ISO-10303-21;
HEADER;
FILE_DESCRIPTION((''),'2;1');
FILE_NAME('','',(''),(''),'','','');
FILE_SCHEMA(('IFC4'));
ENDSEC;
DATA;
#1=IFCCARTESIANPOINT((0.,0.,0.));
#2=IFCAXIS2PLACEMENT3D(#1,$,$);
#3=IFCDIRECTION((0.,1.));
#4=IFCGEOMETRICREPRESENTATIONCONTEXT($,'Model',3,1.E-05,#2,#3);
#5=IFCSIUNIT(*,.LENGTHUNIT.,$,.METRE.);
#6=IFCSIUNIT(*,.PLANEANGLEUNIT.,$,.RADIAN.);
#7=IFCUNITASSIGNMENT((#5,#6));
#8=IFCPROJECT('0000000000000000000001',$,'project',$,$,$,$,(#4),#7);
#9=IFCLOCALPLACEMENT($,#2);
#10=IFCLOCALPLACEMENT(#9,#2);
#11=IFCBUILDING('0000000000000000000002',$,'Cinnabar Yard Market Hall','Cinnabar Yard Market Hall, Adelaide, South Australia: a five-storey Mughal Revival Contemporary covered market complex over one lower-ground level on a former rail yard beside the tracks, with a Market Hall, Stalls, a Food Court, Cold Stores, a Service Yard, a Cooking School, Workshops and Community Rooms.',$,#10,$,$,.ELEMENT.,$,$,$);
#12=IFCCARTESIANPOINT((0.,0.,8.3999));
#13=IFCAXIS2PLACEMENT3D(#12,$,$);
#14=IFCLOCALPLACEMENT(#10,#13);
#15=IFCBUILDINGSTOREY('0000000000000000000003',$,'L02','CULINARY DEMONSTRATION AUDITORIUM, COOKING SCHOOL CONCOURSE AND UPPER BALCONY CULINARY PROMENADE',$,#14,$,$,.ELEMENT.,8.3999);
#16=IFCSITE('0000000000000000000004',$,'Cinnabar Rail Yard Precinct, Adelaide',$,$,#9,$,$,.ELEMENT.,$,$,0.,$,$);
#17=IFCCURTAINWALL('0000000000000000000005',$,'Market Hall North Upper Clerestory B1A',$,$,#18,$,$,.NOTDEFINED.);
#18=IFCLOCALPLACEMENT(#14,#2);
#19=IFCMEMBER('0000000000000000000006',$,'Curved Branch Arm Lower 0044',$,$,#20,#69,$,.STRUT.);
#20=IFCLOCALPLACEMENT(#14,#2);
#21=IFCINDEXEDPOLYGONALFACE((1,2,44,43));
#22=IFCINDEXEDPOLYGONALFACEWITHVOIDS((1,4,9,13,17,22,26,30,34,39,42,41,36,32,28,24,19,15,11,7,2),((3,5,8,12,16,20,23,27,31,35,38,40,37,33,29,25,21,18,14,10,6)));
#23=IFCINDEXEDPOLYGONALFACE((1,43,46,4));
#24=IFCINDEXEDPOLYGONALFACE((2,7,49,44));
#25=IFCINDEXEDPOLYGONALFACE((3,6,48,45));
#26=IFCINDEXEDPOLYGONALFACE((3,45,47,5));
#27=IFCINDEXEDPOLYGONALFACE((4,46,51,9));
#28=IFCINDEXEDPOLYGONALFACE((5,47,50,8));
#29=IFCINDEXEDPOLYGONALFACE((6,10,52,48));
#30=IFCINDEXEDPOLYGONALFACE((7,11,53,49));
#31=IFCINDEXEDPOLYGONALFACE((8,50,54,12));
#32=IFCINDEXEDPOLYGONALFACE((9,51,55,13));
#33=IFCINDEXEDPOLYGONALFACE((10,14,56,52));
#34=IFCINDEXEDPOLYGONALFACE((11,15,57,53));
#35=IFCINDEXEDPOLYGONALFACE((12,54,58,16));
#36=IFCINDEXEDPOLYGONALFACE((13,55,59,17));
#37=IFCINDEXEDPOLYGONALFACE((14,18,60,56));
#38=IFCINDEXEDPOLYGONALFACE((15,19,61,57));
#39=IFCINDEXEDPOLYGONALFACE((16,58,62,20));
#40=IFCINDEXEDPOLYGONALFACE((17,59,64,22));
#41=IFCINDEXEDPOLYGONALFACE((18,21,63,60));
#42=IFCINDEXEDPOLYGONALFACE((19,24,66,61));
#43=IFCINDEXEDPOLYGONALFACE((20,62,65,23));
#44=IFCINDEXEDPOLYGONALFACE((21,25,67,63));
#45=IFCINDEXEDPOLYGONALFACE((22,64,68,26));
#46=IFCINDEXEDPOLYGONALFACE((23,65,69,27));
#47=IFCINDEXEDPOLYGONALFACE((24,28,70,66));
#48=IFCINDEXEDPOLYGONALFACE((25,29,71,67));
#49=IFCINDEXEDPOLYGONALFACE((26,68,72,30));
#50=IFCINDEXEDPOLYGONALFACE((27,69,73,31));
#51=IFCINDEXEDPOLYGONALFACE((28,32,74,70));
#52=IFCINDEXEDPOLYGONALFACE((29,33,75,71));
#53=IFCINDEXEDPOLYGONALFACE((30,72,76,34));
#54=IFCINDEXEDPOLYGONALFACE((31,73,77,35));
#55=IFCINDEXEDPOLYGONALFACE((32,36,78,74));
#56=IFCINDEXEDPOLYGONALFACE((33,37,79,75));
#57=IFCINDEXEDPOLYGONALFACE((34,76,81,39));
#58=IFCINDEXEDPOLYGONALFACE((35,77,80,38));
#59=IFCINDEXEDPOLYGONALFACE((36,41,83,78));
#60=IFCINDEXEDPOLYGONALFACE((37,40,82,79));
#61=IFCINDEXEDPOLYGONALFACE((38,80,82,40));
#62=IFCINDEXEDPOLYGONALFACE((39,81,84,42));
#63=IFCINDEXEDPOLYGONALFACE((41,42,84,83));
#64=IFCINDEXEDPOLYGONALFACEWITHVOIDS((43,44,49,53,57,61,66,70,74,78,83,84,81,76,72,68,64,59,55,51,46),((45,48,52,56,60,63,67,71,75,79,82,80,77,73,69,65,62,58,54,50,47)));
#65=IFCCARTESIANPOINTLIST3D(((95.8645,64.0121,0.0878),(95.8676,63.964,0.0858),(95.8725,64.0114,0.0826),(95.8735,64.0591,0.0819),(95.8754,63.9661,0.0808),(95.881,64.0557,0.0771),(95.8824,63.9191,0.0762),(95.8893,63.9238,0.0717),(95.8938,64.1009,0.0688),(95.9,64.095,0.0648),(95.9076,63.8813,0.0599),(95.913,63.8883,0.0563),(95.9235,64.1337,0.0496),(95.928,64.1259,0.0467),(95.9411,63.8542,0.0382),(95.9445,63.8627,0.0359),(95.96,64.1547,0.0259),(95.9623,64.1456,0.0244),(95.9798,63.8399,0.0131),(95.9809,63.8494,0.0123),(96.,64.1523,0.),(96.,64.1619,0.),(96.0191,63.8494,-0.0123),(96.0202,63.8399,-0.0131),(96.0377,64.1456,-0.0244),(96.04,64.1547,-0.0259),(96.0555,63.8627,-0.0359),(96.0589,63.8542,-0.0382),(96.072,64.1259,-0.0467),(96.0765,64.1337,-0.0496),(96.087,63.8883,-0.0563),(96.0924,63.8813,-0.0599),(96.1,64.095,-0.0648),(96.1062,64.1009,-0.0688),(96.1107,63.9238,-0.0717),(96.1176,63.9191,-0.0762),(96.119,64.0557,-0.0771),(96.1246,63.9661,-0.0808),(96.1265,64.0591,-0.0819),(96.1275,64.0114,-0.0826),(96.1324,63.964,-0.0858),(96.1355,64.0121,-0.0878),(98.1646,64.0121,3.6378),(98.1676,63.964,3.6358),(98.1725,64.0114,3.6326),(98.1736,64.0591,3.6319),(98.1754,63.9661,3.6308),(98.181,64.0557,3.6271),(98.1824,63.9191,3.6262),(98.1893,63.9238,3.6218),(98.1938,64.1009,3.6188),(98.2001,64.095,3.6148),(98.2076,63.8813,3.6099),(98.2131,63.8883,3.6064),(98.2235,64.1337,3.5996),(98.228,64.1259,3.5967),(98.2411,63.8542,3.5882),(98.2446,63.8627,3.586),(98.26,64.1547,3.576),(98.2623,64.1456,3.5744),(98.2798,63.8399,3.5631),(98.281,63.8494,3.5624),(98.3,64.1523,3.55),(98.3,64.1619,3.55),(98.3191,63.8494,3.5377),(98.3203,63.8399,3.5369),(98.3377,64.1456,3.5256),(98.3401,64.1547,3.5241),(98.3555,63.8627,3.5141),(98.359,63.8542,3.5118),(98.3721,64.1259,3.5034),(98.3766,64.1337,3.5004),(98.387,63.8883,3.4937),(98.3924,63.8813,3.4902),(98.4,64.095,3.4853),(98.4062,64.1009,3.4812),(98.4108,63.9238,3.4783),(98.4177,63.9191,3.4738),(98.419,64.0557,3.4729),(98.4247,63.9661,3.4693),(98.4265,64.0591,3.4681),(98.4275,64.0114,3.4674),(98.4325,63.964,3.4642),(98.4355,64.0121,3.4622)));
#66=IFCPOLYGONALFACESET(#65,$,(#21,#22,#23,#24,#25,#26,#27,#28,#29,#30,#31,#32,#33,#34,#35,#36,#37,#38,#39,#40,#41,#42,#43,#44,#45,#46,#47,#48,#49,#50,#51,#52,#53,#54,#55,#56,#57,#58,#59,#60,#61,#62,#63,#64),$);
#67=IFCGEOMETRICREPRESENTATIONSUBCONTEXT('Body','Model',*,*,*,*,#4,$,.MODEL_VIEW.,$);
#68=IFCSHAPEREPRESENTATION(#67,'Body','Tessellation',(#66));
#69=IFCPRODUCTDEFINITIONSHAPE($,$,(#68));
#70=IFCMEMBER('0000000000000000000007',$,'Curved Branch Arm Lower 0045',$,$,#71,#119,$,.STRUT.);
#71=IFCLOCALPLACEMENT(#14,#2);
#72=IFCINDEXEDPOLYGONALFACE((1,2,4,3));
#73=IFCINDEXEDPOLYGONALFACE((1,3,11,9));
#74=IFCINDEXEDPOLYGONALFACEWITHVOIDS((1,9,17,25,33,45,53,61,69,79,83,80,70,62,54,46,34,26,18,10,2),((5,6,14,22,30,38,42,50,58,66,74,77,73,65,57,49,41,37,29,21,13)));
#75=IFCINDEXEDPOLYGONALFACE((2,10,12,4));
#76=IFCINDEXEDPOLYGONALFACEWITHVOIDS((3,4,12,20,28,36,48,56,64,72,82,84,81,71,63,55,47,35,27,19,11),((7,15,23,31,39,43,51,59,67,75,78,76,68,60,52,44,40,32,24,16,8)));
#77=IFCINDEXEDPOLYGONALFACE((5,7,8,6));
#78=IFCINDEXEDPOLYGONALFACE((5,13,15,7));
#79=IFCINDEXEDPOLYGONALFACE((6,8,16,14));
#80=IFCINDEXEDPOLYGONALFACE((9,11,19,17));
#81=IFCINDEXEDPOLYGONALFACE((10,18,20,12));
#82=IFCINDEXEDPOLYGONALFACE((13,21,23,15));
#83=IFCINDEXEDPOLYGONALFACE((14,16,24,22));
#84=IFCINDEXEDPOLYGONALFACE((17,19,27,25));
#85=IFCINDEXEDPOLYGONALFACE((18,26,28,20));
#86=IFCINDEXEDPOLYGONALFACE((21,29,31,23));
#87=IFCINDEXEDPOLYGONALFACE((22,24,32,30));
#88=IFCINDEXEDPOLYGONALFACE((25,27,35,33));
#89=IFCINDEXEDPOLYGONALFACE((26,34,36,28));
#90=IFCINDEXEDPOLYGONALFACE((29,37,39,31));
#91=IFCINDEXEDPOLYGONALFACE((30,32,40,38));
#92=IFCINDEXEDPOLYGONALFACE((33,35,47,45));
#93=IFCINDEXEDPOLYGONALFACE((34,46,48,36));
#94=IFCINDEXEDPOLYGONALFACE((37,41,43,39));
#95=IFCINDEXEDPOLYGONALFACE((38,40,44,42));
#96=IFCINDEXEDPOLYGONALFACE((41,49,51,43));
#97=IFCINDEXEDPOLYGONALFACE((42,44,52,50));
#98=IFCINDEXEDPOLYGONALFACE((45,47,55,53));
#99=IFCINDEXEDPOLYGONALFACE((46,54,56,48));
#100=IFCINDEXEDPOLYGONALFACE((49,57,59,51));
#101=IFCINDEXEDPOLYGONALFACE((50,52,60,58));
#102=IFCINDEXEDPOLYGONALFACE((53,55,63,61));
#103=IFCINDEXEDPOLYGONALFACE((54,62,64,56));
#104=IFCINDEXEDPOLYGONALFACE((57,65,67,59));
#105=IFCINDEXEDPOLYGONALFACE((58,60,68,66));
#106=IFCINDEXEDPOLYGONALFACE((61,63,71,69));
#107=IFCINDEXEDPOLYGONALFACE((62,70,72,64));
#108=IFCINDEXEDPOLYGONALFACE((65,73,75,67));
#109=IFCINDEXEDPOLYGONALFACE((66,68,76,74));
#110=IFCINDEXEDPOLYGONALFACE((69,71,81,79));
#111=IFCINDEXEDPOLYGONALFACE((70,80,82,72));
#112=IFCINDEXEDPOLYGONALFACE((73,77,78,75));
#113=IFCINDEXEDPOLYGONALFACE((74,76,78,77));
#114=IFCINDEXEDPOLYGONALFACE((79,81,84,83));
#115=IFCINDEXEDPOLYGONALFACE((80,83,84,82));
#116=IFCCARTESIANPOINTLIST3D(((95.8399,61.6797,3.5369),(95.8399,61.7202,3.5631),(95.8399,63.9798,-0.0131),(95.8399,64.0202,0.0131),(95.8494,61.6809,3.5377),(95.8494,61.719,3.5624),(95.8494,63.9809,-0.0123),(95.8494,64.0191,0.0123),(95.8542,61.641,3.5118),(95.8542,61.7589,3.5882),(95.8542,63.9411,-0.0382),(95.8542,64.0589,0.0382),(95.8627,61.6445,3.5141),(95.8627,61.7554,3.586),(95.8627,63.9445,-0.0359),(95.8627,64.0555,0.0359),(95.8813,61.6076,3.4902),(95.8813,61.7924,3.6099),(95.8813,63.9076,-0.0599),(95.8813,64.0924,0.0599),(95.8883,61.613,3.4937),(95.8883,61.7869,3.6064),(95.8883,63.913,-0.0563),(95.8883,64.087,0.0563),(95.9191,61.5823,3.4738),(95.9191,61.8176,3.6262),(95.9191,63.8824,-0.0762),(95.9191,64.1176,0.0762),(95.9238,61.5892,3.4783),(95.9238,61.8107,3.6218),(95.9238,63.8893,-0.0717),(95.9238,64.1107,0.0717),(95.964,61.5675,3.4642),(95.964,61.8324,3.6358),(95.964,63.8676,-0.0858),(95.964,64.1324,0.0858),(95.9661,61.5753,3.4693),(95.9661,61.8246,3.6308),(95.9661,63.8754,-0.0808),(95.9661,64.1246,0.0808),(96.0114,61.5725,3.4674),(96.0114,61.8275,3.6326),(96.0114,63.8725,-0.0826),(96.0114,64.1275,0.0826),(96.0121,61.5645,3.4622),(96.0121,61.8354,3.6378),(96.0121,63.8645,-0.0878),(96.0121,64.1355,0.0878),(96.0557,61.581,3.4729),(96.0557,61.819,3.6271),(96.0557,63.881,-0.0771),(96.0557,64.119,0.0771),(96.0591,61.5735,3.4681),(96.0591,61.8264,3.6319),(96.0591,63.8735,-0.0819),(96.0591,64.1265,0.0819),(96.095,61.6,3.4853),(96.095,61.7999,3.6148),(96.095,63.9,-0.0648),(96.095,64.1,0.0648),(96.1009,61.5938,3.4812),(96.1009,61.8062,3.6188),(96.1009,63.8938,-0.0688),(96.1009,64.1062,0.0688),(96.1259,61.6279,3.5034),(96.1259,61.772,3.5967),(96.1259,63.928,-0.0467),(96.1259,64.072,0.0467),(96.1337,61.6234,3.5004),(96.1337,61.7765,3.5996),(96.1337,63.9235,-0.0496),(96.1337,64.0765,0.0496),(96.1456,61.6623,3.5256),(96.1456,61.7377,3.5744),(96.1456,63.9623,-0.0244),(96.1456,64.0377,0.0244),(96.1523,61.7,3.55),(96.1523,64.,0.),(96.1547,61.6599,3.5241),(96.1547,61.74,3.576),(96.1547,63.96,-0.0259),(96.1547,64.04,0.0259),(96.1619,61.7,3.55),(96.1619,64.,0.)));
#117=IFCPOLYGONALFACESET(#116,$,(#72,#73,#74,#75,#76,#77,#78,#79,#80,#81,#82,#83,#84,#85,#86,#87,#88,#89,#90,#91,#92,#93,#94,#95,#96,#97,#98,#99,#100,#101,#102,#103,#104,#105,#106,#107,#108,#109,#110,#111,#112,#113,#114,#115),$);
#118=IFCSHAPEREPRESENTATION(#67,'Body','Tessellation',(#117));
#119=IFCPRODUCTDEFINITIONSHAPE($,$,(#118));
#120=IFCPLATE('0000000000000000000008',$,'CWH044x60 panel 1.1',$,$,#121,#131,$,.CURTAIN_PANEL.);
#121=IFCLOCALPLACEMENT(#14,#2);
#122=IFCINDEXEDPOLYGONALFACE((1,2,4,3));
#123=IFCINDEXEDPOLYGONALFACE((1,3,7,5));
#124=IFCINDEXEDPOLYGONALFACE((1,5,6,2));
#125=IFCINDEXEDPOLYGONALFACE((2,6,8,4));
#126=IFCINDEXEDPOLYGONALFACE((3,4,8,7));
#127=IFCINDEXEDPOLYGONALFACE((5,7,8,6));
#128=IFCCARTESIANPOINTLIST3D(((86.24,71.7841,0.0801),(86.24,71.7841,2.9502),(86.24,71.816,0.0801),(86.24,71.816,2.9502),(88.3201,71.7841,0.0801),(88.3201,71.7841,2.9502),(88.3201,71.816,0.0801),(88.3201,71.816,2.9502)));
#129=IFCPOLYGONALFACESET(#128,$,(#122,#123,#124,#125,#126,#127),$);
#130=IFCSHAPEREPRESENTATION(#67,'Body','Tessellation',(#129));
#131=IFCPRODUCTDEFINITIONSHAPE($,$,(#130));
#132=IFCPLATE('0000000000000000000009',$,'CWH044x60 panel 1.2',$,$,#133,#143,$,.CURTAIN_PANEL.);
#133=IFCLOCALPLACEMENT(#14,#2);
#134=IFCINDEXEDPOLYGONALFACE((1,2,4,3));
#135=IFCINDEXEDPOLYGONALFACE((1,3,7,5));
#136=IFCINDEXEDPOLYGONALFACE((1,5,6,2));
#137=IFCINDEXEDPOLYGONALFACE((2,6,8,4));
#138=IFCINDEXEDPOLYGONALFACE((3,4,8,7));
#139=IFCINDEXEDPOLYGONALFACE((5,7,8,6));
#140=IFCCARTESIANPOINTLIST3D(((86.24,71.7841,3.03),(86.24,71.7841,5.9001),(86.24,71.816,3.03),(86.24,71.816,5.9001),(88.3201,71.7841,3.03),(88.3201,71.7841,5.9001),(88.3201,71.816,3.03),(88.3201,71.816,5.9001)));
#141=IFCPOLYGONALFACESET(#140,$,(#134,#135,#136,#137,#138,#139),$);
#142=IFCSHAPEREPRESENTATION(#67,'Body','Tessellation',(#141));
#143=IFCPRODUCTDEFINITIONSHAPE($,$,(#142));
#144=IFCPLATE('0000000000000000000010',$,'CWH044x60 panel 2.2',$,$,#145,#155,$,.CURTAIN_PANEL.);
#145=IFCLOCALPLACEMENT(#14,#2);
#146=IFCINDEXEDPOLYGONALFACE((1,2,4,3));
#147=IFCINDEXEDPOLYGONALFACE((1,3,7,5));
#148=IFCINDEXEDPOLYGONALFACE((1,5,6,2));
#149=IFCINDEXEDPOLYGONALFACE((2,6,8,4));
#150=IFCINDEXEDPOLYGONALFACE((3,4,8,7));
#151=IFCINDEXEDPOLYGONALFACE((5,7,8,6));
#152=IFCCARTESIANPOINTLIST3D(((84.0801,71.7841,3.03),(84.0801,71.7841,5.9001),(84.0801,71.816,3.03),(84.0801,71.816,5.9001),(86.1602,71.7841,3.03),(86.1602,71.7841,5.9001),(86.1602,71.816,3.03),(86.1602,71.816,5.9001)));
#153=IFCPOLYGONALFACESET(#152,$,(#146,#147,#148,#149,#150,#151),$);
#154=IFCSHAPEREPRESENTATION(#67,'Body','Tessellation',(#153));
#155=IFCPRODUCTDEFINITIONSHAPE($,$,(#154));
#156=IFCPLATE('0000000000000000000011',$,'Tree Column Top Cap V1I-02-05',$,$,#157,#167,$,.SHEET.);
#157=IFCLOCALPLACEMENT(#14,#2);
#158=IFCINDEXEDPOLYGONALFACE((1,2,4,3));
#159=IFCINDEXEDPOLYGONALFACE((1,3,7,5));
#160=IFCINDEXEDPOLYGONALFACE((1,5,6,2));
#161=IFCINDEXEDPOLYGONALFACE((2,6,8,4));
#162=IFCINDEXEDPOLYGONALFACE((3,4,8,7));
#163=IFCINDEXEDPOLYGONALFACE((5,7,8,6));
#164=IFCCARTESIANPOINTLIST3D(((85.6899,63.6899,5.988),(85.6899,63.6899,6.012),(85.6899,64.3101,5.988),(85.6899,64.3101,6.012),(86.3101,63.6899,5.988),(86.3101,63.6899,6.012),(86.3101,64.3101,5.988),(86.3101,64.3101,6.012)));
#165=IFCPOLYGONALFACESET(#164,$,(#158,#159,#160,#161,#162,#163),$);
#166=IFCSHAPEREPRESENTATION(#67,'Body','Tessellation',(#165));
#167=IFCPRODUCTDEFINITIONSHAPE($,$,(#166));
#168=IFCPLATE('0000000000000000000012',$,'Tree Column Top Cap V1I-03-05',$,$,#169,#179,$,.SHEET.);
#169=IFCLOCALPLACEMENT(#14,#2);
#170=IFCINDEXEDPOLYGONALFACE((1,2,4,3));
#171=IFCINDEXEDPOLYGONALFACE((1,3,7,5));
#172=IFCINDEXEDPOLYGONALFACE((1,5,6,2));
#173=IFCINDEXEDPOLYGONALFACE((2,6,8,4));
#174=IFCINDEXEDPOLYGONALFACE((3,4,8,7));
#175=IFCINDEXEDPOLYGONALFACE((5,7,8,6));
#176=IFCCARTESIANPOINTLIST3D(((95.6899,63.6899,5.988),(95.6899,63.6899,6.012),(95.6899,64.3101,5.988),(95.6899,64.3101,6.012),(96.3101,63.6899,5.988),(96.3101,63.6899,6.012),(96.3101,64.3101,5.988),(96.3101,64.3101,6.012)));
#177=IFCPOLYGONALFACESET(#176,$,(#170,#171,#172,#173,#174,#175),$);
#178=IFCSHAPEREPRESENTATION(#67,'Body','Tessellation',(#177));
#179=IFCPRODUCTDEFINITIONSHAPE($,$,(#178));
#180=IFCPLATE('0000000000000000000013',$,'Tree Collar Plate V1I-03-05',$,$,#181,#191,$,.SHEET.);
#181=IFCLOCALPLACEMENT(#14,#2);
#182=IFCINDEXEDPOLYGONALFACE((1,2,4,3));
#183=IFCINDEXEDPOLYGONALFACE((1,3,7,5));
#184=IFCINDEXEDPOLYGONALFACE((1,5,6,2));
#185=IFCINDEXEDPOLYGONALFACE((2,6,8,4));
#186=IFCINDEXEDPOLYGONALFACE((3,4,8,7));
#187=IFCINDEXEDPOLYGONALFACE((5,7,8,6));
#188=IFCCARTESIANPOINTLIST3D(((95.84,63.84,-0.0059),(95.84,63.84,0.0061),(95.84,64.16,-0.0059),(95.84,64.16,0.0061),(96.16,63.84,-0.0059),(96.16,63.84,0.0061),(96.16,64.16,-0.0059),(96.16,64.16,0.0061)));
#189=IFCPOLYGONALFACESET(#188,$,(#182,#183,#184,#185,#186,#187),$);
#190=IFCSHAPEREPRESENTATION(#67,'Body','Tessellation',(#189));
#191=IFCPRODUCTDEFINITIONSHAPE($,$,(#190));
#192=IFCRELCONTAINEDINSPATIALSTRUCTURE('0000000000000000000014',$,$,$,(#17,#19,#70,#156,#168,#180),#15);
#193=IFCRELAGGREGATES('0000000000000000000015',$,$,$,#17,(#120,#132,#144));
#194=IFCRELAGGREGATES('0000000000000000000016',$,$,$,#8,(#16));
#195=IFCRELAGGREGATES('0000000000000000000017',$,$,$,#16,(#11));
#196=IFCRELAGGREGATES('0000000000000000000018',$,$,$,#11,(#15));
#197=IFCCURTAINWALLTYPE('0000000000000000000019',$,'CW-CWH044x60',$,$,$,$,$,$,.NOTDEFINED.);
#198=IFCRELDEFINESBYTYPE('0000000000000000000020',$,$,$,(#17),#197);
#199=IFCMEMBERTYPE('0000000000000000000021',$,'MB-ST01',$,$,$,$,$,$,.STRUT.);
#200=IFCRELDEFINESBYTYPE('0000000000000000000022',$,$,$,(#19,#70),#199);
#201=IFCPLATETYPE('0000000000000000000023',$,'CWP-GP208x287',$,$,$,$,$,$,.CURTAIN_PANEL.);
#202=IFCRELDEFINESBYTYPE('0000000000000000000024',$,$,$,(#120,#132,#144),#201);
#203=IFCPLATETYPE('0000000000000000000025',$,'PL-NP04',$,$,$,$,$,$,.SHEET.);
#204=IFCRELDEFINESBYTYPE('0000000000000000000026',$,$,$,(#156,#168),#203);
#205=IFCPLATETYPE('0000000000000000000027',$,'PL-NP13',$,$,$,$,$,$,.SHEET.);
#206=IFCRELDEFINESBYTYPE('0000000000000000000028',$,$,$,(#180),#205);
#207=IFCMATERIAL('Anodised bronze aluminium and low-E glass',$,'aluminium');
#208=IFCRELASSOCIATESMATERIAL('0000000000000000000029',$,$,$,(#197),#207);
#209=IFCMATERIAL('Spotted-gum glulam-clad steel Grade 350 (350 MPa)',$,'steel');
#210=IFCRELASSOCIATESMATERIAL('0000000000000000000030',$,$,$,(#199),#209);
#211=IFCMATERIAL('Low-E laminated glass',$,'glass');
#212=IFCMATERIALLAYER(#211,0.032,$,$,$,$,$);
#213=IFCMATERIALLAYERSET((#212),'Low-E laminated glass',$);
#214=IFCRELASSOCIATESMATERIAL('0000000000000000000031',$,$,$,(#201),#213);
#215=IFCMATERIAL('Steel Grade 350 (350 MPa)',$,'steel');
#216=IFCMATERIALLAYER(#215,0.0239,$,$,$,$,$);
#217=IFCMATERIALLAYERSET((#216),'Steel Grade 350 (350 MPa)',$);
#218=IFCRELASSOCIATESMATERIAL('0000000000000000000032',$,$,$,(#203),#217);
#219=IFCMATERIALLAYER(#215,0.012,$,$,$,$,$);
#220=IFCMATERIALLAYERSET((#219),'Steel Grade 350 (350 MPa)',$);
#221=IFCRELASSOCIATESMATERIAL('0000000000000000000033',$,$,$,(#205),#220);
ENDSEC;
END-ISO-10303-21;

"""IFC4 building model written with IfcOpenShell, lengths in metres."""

from ifc_helpers import new_model, si_unit, direction, frame, origin, origin_2d_with_axis, place, context, subcontext, project, spatial, rectangle, hollow_circle, extrude, material, layer, layer_set, material_profile, profile_set, type_object, element, aggregate, save


model = new_model("IFC4")

# Units and contexts
model_context = context("Model", 3, precision=1e-05, world=origin(), true_north=direction((0.0, 1.0)))
body_context = subcontext(model_context, "Body", "Model", "MODEL_VIEW")
ifc_project = project(units=[si_unit("LENGTHUNIT", "METRE"), si_unit("PLANEANGLEUNIT", "RADIAN")], contexts=[model_context])

# Site, building, storey
site_placement = place(None, origin())
site = spatial("IfcSite", under=ifc_project, at=site_placement, Name="Cinnabar Rail Yard Precinct, Adelaide", CompositionType="ELEMENT", RefElevation=0.0)
building_placement = place(site_placement, origin())
building = spatial("IfcBuilding", under=site, at=building_placement, Name="Cinnabar Yard Market Hall", Description="Cinnabar Yard Market Hall, Adelaide, South Australia: a five-storey Mughal Revival Contemporary covered market complex over one lower-ground level on a former rail yard beside the tracks, with a Market Hall, Stalls, a Food Court, Cold Stores, a Service Yard, a Cooking School, Workshops and Community Rooms.", CompositionType="ELEMENT")
storey_placement = place(building_placement, frame((0.0, 0.0, 8.3999)))
storey = spatial("IfcBuildingStorey", under=building, at=storey_placement, Name="L02", Description="CULINARY DEMONSTRATION AUDITORIUM, COOKING SCHOOL CONCOURSE AND UPPER BALCONY CULINARY PROMENADE", CompositionType="ELEMENT", Elevation=8.3999)

# Shared definitions
ifc_material_1 = material(Name="Spotted-gum glulam-clad steel Grade 350 (350 MPa)", Category="steel")

# Curtain wall
ifc_material_2 = material(Name="Anodised bronze aluminium and low-E glass", Category="aluminium")
curtain_wall_type = type_object("IfcCurtainWallType", Name="CW-CWH044x60", PredefinedType="NOTDEFINED", material=ifc_material_2)
curtain_wall_placement = place(storey_placement, origin())
curtain_wall = element("IfcCurtainWall", 1, at=curtain_wall_placement, inside=storey, type_object=curtain_wall_type, Name="Market Hall North Upper Clerestory B1A", PredefinedType="NOTDEFINED")

# Members
ifc_material_profile_1 = material_profile(ifc_material_1, hollow_circle(Radius=0.1619, WallThickness=0.0095, at=origin_2d_with_axis()), Name="323.9x9.5CHS")
ifc_profile_set_1 = profile_set([ifc_material_profile_1], Name="Spotted-gum glulam-clad steel Grade 350 (350 MPa)")
member_type_1 = type_object("IfcMemberType", Name="MB-ST01", PredefinedType="STRUT", material=ifc_profile_set_1)
for number, where, z_axis, x_axis, name in (
    (2, (96.0, 64.0, 0.0), (0.543744, 0.0, 0.839251), (0.0, 1.0, 0.0), "Curved Branch Arm Lower 0044"),
    (3, (96.0, 64.0, 0.0), (0.0, -0.543744, 0.839251), (1.0, 0.0, 0.0), "Curved Branch Arm Lower 0045"),
):
    element("IfcMember", number, at=place(storey_placement, frame(where, z_axis=z_axis, x_axis=x_axis)), inside=storey, type_object=member_type_1, Name=name, PredefinedType="STRUT", context=body_context, shape_type="SweptSolid", body=[
        extrude(hollow_circle(Radius=0.1619, WallThickness=0.0095, at=origin_2d_with_axis()), origin(), (0.0, 0.0, 1.0), 4.23),
    ])

# Plates
ifc_material_3 = material(Name="Low-E laminated glass", Category="glass")
ifc_layer_1 = layer(ifc_material_3, 0.032)
ifc_layer_set_1 = layer_set([ifc_layer_1], Name="Low-E laminated glass")
plate_type_1 = type_object("IfcPlateType", Name="CWP-GP208x287", PredefinedType="CURTAIN_PANEL", material=ifc_layer_set_1)
plate_1_placement = place(storey_placement, frame((87.28, 71.8, 0.0801), z_axis=(0.0, 0.0, 1.0), x_axis=(-1.0, 0.0, 0.0)))
plate_1 = element("IfcPlate", 4, at=plate_1_placement, type_object=plate_type_1, Name="CWH044x60 panel 1.1", PredefinedType="CURTAIN_PANEL", context=body_context, shape_type="SweptSolid", body=[
    extrude(rectangle(XDim=2.0801, YDim=0.032, at=origin_2d_with_axis()), origin(), (0.0, 0.0, 1.0), 2.8701),
])
plate_2_placement = place(storey_placement, frame((87.28, 71.8, 3.03), z_axis=(0.0, 0.0, 1.0), x_axis=(-1.0, 0.0, 0.0)))
plate_2 = element("IfcPlate", 5, at=plate_2_placement, type_object=plate_type_1, Name="CWH044x60 panel 1.2", PredefinedType="CURTAIN_PANEL", context=body_context, shape_type="SweptSolid", body=[
    extrude(rectangle(XDim=2.0801, YDim=0.032, at=origin_2d_with_axis()), origin(), (0.0, 0.0, 1.0), 2.8701),
])
plate_3_placement = place(storey_placement, frame((85.1201, 71.8, 3.03), z_axis=(0.0, 0.0, 1.0), x_axis=(-1.0, 0.0, 0.0)))
plate_3 = element("IfcPlate", 6, at=plate_3_placement, type_object=plate_type_1, Name="CWH044x60 panel 2.2", PredefinedType="CURTAIN_PANEL", context=body_context, shape_type="SweptSolid", body=[
    extrude(rectangle(XDim=2.0801, YDim=0.032, at=origin_2d_with_axis()), origin(), (0.0, 0.0, 1.0), 2.8701),
])
aggregate(curtain_wall, [plate_1, plate_2, plate_3])

# Plates
ifc_material_4 = material(Name="Steel Grade 350 (350 MPa)", Category="steel")
ifc_layer_2 = layer(ifc_material_4, 0.0239)
ifc_layer_set_2 = layer_set([ifc_layer_2], Name="Steel Grade 350 (350 MPa)")
plate_type_2 = type_object("IfcPlateType", Name="PL-NP04", PredefinedType="SHEET", material=ifc_layer_set_2)
for number, where, z_axis, x_axis, name in (
    (7, (86.0, 64.0, 5.988), (0.0, 0.0, 1.0), (1.0, 0.0, 0.0), "Tree Column Top Cap V1I-02-05"),
    (8, (96.0, 64.0, 5.988), (0.0, 0.0, 1.0), (1.0, 0.0, 0.0), "Tree Column Top Cap V1I-03-05"),
):
    element("IfcPlate", number, at=place(storey_placement, frame(where, z_axis=z_axis, x_axis=x_axis)), inside=storey, type_object=plate_type_2, Name=name, PredefinedType="SHEET", context=body_context, shape_type="SweptSolid", body=[
        extrude(rectangle(XDim=0.6201, YDim=0.6201, at=origin_2d_with_axis()), origin(), (0.0, 0.0, 1.0), 0.0239),
    ])
ifc_layer_3 = layer(ifc_material_4, 0.012)
ifc_layer_set_3 = layer_set([ifc_layer_3], Name="Steel Grade 350 (350 MPa)")
plate_type_3 = type_object("IfcPlateType", Name="PL-NP13", PredefinedType="SHEET", material=ifc_layer_set_3)
plate_4_placement = place(storey_placement, frame((96.0, 64.0, -0.0059), z_axis=(0.0, 0.0, 1.0), x_axis=(1.0, 0.0, 0.0)))
element("IfcPlate", 9, at=plate_4_placement, inside=storey, type_object=plate_type_3, Name="Tree Collar Plate V1I-03-05", PredefinedType="SHEET", context=body_context, shape_type="SweptSolid", body=[
    extrude(rectangle(XDim=0.3201, YDim=0.3201, at=origin_2d_with_axis()), origin(), (0.0, 0.0, 1.0), 0.012),
])

save(model, "model.ifc")
